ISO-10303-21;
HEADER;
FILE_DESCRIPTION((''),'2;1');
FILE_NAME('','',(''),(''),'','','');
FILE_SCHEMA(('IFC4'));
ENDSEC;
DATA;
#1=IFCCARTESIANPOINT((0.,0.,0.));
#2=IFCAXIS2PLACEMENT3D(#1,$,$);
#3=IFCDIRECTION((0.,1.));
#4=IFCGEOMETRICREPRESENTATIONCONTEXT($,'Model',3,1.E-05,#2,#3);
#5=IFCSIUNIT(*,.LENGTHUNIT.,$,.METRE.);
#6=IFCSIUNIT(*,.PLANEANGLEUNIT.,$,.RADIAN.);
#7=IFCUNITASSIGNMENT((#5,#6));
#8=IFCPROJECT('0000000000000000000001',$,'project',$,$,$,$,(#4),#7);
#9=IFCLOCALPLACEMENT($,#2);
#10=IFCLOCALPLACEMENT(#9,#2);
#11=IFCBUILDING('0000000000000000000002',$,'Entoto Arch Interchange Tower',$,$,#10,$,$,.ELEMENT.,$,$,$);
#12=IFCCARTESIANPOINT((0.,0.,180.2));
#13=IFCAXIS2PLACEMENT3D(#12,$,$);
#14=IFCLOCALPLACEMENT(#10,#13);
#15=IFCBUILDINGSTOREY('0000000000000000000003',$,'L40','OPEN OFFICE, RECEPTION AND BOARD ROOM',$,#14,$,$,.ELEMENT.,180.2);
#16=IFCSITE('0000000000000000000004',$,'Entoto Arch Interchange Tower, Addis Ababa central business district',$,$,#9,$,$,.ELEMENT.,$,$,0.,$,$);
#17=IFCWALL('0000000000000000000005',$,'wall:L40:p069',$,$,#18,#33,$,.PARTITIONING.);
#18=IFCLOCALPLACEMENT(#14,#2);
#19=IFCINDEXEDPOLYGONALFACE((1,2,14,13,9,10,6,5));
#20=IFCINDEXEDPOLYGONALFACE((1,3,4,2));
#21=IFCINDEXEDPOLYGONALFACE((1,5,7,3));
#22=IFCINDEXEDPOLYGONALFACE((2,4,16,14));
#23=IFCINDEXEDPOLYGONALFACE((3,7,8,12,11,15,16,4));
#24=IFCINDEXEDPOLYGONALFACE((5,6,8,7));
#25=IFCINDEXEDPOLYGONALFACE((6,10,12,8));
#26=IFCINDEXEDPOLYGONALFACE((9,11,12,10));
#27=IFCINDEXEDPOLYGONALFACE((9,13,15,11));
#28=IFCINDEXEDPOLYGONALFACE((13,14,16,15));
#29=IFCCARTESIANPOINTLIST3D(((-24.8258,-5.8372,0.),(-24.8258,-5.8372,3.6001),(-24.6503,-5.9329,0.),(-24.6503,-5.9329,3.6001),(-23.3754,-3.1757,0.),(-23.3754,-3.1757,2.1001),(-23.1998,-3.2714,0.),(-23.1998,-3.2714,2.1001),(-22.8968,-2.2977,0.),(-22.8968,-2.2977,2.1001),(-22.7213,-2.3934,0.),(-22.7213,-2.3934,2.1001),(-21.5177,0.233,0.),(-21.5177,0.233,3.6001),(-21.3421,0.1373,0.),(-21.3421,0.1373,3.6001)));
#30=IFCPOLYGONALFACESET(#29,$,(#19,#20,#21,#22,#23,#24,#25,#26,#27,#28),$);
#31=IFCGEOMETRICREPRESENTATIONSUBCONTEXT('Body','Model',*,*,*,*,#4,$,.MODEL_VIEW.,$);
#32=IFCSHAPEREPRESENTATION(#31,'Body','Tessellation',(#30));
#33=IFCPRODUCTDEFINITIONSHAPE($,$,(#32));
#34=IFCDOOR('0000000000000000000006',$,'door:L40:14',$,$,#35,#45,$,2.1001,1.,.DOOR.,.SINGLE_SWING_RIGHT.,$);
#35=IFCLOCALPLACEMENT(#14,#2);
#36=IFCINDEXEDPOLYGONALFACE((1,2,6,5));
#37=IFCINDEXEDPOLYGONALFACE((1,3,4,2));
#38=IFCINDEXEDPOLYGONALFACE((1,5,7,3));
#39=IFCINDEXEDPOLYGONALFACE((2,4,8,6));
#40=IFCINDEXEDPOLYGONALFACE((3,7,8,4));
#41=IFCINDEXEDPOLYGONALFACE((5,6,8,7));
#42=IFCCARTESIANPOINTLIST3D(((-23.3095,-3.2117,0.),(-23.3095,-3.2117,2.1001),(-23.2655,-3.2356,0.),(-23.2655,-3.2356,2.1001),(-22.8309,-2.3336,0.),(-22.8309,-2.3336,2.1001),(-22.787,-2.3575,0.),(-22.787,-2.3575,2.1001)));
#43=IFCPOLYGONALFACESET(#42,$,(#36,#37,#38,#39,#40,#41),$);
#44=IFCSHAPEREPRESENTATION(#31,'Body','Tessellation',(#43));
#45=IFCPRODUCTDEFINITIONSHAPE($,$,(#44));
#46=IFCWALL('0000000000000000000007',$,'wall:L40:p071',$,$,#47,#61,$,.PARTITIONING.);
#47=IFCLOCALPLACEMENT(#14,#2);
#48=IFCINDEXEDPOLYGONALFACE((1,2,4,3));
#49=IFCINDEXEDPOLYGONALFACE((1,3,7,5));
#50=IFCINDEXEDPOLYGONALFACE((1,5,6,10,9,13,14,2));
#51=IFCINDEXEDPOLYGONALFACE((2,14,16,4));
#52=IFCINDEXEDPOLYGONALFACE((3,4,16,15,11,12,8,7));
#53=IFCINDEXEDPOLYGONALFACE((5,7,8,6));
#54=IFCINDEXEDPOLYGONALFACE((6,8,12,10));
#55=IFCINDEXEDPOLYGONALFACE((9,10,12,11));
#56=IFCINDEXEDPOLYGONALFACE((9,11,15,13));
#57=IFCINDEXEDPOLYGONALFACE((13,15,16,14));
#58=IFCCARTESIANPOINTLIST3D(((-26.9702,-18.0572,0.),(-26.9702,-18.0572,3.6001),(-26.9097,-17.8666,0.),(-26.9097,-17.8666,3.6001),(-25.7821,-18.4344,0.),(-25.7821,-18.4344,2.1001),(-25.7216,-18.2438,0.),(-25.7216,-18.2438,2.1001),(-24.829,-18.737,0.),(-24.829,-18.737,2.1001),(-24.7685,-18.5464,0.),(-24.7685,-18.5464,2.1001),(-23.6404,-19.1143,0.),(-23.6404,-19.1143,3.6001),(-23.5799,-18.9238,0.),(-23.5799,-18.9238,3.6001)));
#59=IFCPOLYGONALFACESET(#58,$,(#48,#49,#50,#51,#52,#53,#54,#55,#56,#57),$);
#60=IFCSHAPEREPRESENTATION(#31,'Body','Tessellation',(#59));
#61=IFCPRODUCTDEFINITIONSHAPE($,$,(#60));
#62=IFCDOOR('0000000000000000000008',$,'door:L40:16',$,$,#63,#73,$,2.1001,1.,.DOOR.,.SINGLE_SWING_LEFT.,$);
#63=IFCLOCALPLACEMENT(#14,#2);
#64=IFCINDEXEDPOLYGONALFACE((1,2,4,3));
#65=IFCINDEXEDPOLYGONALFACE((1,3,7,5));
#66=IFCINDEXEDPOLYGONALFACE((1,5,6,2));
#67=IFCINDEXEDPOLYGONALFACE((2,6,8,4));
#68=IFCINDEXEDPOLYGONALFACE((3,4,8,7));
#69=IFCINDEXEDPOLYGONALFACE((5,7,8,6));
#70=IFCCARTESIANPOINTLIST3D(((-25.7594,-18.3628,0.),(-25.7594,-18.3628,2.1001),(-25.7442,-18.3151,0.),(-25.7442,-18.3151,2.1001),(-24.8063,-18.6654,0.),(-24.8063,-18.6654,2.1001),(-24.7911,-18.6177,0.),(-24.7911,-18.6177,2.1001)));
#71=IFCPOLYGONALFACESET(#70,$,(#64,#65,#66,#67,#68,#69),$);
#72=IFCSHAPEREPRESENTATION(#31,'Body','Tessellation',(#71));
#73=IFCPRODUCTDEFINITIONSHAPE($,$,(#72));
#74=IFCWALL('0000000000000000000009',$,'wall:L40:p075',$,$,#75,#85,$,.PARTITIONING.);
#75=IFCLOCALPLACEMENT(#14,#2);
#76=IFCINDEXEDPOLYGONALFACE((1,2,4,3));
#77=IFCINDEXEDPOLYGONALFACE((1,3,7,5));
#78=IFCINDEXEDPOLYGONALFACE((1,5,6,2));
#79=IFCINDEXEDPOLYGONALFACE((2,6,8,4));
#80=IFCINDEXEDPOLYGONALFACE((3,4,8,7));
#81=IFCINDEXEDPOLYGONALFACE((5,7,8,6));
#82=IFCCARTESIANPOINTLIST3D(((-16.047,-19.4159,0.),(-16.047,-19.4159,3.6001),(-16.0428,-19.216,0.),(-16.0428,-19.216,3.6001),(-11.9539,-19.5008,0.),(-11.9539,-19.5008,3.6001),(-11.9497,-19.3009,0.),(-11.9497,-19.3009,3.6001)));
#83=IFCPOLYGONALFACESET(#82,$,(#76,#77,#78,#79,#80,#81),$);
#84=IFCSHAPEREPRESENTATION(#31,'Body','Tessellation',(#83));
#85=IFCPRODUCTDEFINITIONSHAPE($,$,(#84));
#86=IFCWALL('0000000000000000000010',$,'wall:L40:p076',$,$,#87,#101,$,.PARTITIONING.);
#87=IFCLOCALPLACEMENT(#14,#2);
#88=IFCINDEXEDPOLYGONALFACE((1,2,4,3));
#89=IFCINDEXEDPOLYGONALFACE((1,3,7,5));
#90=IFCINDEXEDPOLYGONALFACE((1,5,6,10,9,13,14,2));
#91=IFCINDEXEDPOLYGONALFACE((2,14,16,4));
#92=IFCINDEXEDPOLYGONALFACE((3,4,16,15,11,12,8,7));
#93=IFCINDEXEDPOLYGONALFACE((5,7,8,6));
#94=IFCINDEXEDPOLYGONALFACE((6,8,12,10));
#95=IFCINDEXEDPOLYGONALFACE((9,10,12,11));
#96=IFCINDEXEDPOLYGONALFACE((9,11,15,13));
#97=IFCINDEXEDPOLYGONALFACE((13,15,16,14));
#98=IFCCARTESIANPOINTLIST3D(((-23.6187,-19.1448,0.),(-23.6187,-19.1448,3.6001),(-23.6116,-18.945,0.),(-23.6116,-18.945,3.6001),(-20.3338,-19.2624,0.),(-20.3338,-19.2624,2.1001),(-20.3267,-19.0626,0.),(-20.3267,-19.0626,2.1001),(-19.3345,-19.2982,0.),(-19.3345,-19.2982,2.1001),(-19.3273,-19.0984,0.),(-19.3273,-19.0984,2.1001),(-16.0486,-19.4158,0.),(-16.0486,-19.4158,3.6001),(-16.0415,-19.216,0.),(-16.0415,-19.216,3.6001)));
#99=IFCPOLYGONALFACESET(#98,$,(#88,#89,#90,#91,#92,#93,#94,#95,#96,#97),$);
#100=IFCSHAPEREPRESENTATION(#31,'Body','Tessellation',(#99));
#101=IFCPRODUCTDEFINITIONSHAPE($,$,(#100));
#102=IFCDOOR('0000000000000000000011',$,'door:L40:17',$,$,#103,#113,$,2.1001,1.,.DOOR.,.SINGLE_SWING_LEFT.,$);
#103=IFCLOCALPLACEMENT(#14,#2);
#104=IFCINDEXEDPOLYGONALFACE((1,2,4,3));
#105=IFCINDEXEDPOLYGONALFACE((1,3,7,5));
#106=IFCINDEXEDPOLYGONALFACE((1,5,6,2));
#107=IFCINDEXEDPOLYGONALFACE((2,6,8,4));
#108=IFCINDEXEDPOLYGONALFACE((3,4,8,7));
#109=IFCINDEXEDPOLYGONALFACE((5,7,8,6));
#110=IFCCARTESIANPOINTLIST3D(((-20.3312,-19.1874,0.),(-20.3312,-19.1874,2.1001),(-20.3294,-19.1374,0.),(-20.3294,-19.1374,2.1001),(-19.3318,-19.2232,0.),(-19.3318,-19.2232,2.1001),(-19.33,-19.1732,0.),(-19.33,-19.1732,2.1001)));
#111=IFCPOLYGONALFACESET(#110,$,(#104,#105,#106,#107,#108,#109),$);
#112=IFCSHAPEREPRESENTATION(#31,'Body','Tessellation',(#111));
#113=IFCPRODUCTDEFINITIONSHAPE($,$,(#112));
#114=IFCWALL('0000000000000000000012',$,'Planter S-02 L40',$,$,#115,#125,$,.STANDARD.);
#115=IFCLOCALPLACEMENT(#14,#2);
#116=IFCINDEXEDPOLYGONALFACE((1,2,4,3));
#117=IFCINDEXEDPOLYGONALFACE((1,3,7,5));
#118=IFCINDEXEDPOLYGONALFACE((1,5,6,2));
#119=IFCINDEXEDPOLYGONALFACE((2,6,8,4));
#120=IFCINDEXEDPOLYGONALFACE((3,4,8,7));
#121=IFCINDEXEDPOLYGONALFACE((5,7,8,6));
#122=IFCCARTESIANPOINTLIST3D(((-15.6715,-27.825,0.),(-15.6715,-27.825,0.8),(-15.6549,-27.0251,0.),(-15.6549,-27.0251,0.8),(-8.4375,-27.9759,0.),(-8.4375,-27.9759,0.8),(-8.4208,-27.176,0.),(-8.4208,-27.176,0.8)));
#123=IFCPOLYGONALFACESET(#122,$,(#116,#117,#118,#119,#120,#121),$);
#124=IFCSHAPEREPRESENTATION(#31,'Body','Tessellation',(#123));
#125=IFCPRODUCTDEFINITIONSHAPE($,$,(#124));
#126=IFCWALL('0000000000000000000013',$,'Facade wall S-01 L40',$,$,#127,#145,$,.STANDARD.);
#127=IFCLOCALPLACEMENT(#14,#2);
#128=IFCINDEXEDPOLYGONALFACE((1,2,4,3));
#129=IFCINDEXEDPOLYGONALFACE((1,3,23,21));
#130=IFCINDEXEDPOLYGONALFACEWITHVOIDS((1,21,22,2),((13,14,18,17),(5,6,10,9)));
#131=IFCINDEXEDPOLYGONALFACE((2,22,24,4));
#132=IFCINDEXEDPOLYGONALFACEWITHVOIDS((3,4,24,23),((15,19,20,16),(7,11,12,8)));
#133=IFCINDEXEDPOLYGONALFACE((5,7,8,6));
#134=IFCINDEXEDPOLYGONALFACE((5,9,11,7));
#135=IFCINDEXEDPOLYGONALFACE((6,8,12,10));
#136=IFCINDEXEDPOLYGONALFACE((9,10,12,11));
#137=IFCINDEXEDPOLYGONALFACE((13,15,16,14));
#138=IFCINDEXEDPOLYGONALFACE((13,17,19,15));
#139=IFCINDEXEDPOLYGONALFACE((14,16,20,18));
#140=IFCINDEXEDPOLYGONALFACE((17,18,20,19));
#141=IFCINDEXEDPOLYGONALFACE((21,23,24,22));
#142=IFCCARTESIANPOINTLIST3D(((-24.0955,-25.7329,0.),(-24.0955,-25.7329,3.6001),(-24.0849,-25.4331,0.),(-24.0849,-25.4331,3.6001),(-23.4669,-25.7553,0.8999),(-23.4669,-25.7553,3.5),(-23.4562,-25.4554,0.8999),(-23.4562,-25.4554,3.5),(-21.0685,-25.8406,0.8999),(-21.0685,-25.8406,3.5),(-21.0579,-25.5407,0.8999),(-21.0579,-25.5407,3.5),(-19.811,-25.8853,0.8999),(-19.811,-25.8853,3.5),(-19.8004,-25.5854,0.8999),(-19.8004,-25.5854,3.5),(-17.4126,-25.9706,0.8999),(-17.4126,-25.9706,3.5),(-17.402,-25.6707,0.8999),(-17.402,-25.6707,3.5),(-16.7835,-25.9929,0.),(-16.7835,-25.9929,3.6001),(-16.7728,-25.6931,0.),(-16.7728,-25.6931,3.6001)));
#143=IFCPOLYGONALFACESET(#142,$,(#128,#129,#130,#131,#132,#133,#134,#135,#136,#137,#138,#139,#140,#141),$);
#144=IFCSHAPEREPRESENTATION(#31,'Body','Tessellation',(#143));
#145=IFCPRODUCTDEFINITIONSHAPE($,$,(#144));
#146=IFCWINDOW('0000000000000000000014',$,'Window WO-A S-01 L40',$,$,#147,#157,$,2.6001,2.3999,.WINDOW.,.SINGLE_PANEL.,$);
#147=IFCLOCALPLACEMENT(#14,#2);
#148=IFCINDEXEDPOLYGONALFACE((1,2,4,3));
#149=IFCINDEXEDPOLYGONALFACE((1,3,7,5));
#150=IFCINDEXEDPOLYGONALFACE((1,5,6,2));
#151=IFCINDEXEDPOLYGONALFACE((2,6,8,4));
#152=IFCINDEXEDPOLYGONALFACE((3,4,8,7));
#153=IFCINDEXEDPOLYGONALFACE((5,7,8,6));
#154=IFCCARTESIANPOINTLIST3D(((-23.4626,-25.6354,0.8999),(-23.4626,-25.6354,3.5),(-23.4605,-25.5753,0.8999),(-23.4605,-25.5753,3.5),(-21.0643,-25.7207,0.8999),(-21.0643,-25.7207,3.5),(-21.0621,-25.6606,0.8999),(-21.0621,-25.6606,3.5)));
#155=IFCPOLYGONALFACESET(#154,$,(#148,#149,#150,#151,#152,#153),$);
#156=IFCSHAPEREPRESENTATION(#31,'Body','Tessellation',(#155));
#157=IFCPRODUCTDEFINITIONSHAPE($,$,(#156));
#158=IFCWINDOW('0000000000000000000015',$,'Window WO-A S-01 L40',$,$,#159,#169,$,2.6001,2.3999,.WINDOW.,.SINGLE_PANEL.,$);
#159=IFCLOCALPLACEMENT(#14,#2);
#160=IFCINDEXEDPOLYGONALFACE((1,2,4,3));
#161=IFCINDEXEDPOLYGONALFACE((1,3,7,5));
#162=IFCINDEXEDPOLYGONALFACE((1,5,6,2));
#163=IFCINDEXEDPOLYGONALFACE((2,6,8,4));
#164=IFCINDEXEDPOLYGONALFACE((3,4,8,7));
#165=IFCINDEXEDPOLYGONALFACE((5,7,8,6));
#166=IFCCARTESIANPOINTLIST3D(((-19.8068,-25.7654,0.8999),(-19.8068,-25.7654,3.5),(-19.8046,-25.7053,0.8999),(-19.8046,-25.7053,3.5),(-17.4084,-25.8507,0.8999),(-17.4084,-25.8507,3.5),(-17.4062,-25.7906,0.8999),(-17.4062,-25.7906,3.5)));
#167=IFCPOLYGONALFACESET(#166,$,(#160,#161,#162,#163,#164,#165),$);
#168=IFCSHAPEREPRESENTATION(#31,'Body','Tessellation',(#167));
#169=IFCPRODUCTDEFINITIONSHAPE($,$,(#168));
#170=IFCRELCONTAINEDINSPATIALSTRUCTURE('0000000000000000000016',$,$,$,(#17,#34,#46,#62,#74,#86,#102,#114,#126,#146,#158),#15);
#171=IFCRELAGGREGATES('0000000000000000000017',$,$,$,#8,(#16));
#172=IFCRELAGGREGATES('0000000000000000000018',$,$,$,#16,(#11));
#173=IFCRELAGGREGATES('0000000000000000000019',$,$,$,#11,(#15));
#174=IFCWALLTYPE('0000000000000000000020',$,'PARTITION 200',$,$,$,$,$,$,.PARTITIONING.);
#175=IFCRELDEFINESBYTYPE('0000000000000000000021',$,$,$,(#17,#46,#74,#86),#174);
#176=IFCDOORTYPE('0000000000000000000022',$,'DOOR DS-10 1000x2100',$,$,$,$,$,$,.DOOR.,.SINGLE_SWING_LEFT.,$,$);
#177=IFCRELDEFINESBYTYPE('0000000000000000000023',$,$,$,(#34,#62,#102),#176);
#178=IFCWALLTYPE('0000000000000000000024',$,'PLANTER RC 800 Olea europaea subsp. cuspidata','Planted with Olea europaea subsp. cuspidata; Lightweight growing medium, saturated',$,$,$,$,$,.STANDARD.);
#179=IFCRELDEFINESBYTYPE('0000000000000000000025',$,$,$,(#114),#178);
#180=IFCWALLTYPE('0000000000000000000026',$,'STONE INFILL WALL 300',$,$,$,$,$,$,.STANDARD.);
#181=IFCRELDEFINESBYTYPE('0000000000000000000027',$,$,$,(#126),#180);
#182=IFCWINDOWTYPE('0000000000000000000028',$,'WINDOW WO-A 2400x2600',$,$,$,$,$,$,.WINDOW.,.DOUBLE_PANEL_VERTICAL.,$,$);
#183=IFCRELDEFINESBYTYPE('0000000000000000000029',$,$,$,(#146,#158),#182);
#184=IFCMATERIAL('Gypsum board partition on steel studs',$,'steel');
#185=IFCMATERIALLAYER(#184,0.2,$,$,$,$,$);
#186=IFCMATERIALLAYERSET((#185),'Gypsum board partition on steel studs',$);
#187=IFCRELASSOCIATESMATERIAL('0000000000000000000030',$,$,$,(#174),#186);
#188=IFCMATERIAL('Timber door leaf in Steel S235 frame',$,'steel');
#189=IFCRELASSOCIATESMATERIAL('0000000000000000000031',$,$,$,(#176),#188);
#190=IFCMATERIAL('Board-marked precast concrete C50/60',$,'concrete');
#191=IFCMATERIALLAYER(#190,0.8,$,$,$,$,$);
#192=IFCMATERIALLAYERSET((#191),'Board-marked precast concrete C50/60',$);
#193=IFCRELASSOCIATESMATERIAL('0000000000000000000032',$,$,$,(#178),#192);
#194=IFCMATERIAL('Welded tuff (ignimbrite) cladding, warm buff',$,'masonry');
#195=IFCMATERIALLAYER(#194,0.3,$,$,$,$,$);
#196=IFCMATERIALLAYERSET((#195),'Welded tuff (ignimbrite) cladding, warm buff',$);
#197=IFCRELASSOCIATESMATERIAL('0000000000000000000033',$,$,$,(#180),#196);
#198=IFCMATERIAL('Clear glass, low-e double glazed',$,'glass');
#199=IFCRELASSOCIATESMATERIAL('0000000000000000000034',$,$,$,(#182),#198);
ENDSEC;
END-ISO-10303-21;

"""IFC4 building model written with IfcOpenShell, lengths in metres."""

from ifc_helpers import new_model, si_unit, direction, frame, frame_2d, origin, place, context, subcontext, project, spatial, rectangle, extrude, material, layer, layer_set, type_object, element, fill, save


model = new_model("IFC4")

# Units and contexts
model_context = context("Model", 3, precision=1e-05, world=origin(), true_north=direction((0.0, 1.0)))
body_context = subcontext(model_context, "Body", "Model", "MODEL_VIEW")
ifc_project = project(units=[si_unit("LENGTHUNIT", "METRE"), si_unit("PLANEANGLEUNIT", "RADIAN")], contexts=[model_context])

# Site, building, storey
site_placement = place(None, origin())
site = spatial("IfcSite", under=ifc_project, at=site_placement, Name="Entoto Arch Interchange Tower, Addis Ababa central business district", CompositionType="ELEMENT", RefElevation=0.0)
building_placement = place(site_placement, origin())
building = spatial("IfcBuilding", under=site, at=building_placement, Name="Entoto Arch Interchange Tower", CompositionType="ELEMENT")
storey_placement = place(building_placement, frame((0.0, 0.0, 180.2)))
storey = spatial("IfcBuildingStorey", under=building, at=storey_placement, Name="L40", Description="OPEN OFFICE, RECEPTION AND BOARD ROOM", CompositionType="ELEMENT", Elevation=180.2)

# Shared definitions
ifc_material_1 = material(Name="Gypsum board partition on steel studs", Category="steel")
ifc_layer_1 = layer(ifc_material_1, 0.2)
ifc_layer_set_1 = layer_set([ifc_layer_1], Name="Gypsum board partition on steel studs")
wall_type_1 = type_object("IfcWallType", Name="PARTITION 200", PredefinedType="PARTITIONING", material=ifc_layer_set_1)

# Shared definitions
ifc_material_2 = material(Name="Timber door leaf in Steel S235 frame", Category="steel")

# Walls, openings, doors
wall_1_placement = place(storey_placement, frame((-24.738, -5.885, 0.0), z_axis=(0.0, 0.0, 1.0), x_axis=(0.478535, 0.878068, 0.0)))
wall_1 = element("IfcWall", 1, at=wall_1_placement, inside=storey, type_object=wall_type_1, Name="wall:L40:p069", PredefinedType="PARTITIONING", context=body_context, shape_type="SweptSolid", body=[
    extrude(rectangle(XDim=6.9131, YDim=0.2, at=frame_2d((3.4565, 0.0))), origin(), (0.0, 0.0, 1.0), 3.6001),
])
opening_1_placement = place(wall_1_placement, frame((3.031, 0.0, 0.0)))
opening_1 = element("IfcOpeningElement", 2, at=opening_1_placement, cuts=wall_1, PredefinedType="OPENING", context=body_context, shape_type="SweptSolid", body=[
    extrude(rectangle(XDim=1.0, YDim=2.1001, at=frame_2d((0.5, 1.05))), frame((0.0, 0.1099, 0.0), z_axis=(0.0, -1.0, 0.0), x_axis=(1.0, 0.0, 0.0)), (0.0, 0.0, 1.0), 0.22),
])
door_type_1 = type_object("IfcDoorType", Name="DOOR DS-10 1000x2100", OperationType="SINGLE_SWING_LEFT", PredefinedType="DOOR", material=ifc_material_2)
door_1_placement = place(opening_1_placement, origin())
door_1 = element("IfcDoor", 3, at=door_1_placement, inside=storey, type_object=door_type_1, Name="door:L40:14", OperationType="SINGLE_SWING_RIGHT", OverallHeight=2.1001, OverallWidth=1.0, PredefinedType="DOOR", context=body_context, shape_type="SweptSolid", body=[
    extrude(rectangle(XDim=1.0, YDim=2.1001, at=frame_2d((0.5, 1.05))), frame((0.0, 0.0249, 0.0), z_axis=(0.0, -1.0, 0.0), x_axis=(1.0, 0.0, 0.0)), (0.0, 0.0, 1.0), 0.05),
])
fill(opening_1, door_1)
wall_2_placement = place(storey_placement, frame((-23.6101, -19.019, 0.0), z_axis=(0.0, 0.0, 1.0), x_axis=(-0.953121, 0.302589, 0.0)))
wall_2 = element("IfcWall", 4, at=wall_2_placement, inside=storey, type_object=wall_type_1, Name="wall:L40:p071", PredefinedType="PARTITIONING", context=body_context, shape_type="SweptSolid", body=[
    extrude(rectangle(XDim=3.4937, YDim=0.2, at=frame_2d((1.7468, 0.0))), origin(), (0.0, 0.0, 1.0), 3.6001),
])
opening_2_placement = place(wall_2_placement, frame((1.2471, 0.0, 0.0)))
opening_2 = element("IfcOpeningElement", 5, at=opening_2_placement, cuts=wall_2, PredefinedType="OPENING", context=body_context, shape_type="SweptSolid", body=[
    extrude(rectangle(XDim=1.0, YDim=2.1001, at=frame_2d((0.5, 1.05))), frame((0.0, 0.1099, 0.0), z_axis=(0.0, -1.0, 0.0), x_axis=(1.0, 0.0, 0.0)), (0.0, 0.0, 1.0), 0.22),
])
door_2_placement = place(opening_2_placement, origin())
door_2 = element("IfcDoor", 6, at=door_2_placement, inside=storey, type_object=door_type_1, Name="door:L40:16", OperationType="SINGLE_SWING_LEFT", OverallHeight=2.1001, OverallWidth=1.0, PredefinedType="DOOR", context=body_context, shape_type="SweptSolid", body=[
    extrude(rectangle(XDim=1.0, YDim=2.1001, at=frame_2d((0.5, 1.05))), frame((0.0, 0.0249, 0.0), z_axis=(0.0, -1.0, 0.0), x_axis=(1.0, 0.0, 0.0)), (0.0, 0.0, 1.0), 0.05),
])
fill(opening_2, door_2)

# Wall
wall_3_placement = place(storey_placement, frame((-11.9519, -19.4009, 0.0), z_axis=(0.0, 0.0, 1.0), x_axis=(-0.999785, 0.020753, 0.0)))
element("IfcWall", 7, at=wall_3_placement, inside=storey, type_object=wall_type_1, Name="wall:L40:p075", PredefinedType="PARTITIONING", context=body_context, shape_type="SweptSolid", body=[
    extrude(rectangle(XDim=4.094, YDim=0.2, at=frame_2d((2.0469, 0.0))), origin(), (0.0, 0.0, 1.0), 3.6001),
])

# Wall, opening, door
wall_4_placement = place(storey_placement, frame((-16.0449, -19.3159, 0.0), z_axis=(0.0, 0.0, 1.0), x_axis=(-0.99936, 0.035775, 0.0)))
wall_4 = element("IfcWall", 8, at=wall_4_placement, inside=storey, type_object=wall_type_1, Name="wall:L40:p076", PredefinedType="PARTITIONING", context=body_context, shape_type="SweptSolid", body=[
    extrude(rectangle(XDim=7.575, YDim=0.2, at=frame_2d((3.7876, 0.0))), origin(), (0.0, 0.0, 1.0), 3.6001),
])
opening_3_placement = place(wall_4_placement, frame((3.2881, 0.0, 0.0)))
opening_3 = element("IfcOpeningElement", 9, at=opening_3_placement, cuts=wall_4, PredefinedType="OPENING", context=body_context, shape_type="SweptSolid", body=[
    extrude(rectangle(XDim=1.0, YDim=2.1001, at=frame_2d((0.5, 1.05))), frame((0.0, 0.1099, 0.0), z_axis=(0.0, -1.0, 0.0), x_axis=(1.0, 0.0, 0.0)), (0.0, 0.0, 1.0), 0.22),
])
door_3_placement = place(opening_3_placement, origin())
door_3 = element("IfcDoor", 10, at=door_3_placement, inside=storey, type_object=door_type_1, Name="door:L40:17", OperationType="SINGLE_SWING_LEFT", OverallHeight=2.1001, OverallWidth=1.0, PredefinedType="DOOR", context=body_context, shape_type="SweptSolid", body=[
    extrude(rectangle(XDim=1.0, YDim=2.1001, at=frame_2d((0.5, 1.05))), frame((0.0, 0.0249, 0.0), z_axis=(0.0, -1.0, 0.0), x_axis=(1.0, 0.0, 0.0)), (0.0, 0.0, 1.0), 0.05),
])
fill(opening_3, door_3)

# Wall
ifc_material_3 = material(Name="Board-marked precast concrete C50/60", Category="concrete")
ifc_layer_2 = layer(ifc_material_3, 0.8)
ifc_layer_set_2 = layer_set([ifc_layer_2], Name="Board-marked precast concrete C50/60")
wall_type_2 = type_object("IfcWallType", Name="PLANTER RC 800 Olea europaea subsp. cuspidata", Description="Planted with Olea europaea subsp. cuspidata; Lightweight growing medium, saturated", PredefinedType="STANDARD", material=ifc_layer_set_2)
wall_5_placement = place(storey_placement, frame((-15.6631, -27.425, 0.0), z_axis=(0.0, 0.0, 1.0), x_axis=(0.999783, -0.020852, 0.0)))
element("IfcWall", 11, at=wall_5_placement, inside=storey, type_object=wall_type_2, Name="Planter S-02 L40", PredefinedType="STANDARD", context=body_context, shape_type="SweptSolid", body=[
    extrude(rectangle(XDim=7.2356, YDim=0.8, at=frame_2d((3.6177, 0.0))), origin(), (0.0, 0.0, 1.0), 0.8),
])

# Wall, openings, windows
ifc_material_4 = material(Name="Welded tuff (ignimbrite) cladding, warm buff", Category="masonry")
ifc_layer_3 = layer(ifc_material_4, 0.3)
ifc_layer_set_3 = layer_set([ifc_layer_3], Name="Welded tuff (ignimbrite) cladding, warm buff")
wall_type_3 = type_object("IfcWallType", Name="STONE INFILL WALL 300", PredefinedType="STANDARD", material=ifc_layer_set_3)
wall_6_placement = place(storey_placement, frame((-24.0901, -25.583, 0.0), z_axis=(0.0, 0.0, 1.0), x_axis=(0.999368, -0.035537, 0.0)))
wall_6 = element("IfcWall", 12, at=wall_6_placement, inside=storey, type_object=wall_type_3, Name="Facade wall S-01 L40", PredefinedType="STANDARD", context=body_context, shape_type="SweptSolid", body=[
    extrude(rectangle(XDim=7.3167, YDim=0.3, at=frame_2d((3.6582, 0.0))), origin(), (0.0, 0.0, 1.0), 3.6001),
])
opening_4_placement = place(wall_6_placement, frame((0.6289, 0.0, 0.8999)))
opening_4 = element("IfcOpeningElement", 13, at=opening_4_placement, cuts=wall_6, PredefinedType="OPENING", context=body_context, shape_type="SweptSolid", body=[
    extrude(rectangle(XDim=2.3999, YDim=2.6001, at=frame_2d((1.2, 1.3))), frame((0.0, 0.1602, 0.0), z_axis=(0.0, -1.0, 0.0), x_axis=(1.0, 0.0, 0.0)), (0.0, 0.0, 1.0), 0.3201),
])
opening_5_placement = place(wall_6_placement, frame((4.2871, 0.0, 0.8999)))
opening_5 = element("IfcOpeningElement", 14, at=opening_5_placement, cuts=wall_6, PredefinedType="OPENING", context=body_context, shape_type="SweptSolid", body=[
    extrude(rectangle(XDim=2.3999, YDim=2.6001, at=frame_2d((1.2, 1.3))), frame((0.0, 0.1602, 0.0), z_axis=(0.0, -1.0, 0.0), x_axis=(1.0, 0.0, 0.0)), (0.0, 0.0, 1.0), 0.3201),
])
ifc_material_5 = material(Name="Clear glass, low-e double glazed", Category="glass")
window_type = type_object("IfcWindowType", Name="WINDOW WO-A 2400x2600", PartitioningType="DOUBLE_PANEL_VERTICAL", PredefinedType="WINDOW", material=ifc_material_5)
window_1_placement = place(opening_4_placement, origin())
window_1 = element("IfcWindow", 15, at=window_1_placement, inside=storey, type_object=window_type, Name="Window WO-A S-01 L40", OverallHeight=2.6001, OverallWidth=2.3999, PartitioningType="SINGLE_PANEL", PredefinedType="WINDOW", context=body_context, shape_type="SweptSolid", body=[
    extrude(rectangle(XDim=2.3999, YDim=2.6001, at=frame_2d((1.2, 1.3))), frame((0.0, 0.03, 0.0), z_axis=(0.0, -1.0, 0.0), x_axis=(1.0, 0.0, 0.0)), (0.0, 0.0, 1.0), 0.0601),
])
fill(opening_4, window_1)
window_2_placement = place(opening_5_placement, origin())
window_2 = element("IfcWindow", 16, at=window_2_placement, inside=storey, type_object=window_type, Name="Window WO-A S-01 L40", OverallHeight=2.6001, OverallWidth=2.3999, PartitioningType="SINGLE_PANEL", PredefinedType="WINDOW", context=body_context, shape_type="SweptSolid", body=[
    extrude(rectangle(XDim=2.3999, YDim=2.6001, at=frame_2d((1.2, 1.3))), frame((0.0, 0.03, 0.0), z_axis=(0.0, -1.0, 0.0), x_axis=(1.0, 0.0, 0.0)), (0.0, 0.0, 1.0), 0.0601),
])
fill(opening_5, window_2)

save(model, "model.ifc")
